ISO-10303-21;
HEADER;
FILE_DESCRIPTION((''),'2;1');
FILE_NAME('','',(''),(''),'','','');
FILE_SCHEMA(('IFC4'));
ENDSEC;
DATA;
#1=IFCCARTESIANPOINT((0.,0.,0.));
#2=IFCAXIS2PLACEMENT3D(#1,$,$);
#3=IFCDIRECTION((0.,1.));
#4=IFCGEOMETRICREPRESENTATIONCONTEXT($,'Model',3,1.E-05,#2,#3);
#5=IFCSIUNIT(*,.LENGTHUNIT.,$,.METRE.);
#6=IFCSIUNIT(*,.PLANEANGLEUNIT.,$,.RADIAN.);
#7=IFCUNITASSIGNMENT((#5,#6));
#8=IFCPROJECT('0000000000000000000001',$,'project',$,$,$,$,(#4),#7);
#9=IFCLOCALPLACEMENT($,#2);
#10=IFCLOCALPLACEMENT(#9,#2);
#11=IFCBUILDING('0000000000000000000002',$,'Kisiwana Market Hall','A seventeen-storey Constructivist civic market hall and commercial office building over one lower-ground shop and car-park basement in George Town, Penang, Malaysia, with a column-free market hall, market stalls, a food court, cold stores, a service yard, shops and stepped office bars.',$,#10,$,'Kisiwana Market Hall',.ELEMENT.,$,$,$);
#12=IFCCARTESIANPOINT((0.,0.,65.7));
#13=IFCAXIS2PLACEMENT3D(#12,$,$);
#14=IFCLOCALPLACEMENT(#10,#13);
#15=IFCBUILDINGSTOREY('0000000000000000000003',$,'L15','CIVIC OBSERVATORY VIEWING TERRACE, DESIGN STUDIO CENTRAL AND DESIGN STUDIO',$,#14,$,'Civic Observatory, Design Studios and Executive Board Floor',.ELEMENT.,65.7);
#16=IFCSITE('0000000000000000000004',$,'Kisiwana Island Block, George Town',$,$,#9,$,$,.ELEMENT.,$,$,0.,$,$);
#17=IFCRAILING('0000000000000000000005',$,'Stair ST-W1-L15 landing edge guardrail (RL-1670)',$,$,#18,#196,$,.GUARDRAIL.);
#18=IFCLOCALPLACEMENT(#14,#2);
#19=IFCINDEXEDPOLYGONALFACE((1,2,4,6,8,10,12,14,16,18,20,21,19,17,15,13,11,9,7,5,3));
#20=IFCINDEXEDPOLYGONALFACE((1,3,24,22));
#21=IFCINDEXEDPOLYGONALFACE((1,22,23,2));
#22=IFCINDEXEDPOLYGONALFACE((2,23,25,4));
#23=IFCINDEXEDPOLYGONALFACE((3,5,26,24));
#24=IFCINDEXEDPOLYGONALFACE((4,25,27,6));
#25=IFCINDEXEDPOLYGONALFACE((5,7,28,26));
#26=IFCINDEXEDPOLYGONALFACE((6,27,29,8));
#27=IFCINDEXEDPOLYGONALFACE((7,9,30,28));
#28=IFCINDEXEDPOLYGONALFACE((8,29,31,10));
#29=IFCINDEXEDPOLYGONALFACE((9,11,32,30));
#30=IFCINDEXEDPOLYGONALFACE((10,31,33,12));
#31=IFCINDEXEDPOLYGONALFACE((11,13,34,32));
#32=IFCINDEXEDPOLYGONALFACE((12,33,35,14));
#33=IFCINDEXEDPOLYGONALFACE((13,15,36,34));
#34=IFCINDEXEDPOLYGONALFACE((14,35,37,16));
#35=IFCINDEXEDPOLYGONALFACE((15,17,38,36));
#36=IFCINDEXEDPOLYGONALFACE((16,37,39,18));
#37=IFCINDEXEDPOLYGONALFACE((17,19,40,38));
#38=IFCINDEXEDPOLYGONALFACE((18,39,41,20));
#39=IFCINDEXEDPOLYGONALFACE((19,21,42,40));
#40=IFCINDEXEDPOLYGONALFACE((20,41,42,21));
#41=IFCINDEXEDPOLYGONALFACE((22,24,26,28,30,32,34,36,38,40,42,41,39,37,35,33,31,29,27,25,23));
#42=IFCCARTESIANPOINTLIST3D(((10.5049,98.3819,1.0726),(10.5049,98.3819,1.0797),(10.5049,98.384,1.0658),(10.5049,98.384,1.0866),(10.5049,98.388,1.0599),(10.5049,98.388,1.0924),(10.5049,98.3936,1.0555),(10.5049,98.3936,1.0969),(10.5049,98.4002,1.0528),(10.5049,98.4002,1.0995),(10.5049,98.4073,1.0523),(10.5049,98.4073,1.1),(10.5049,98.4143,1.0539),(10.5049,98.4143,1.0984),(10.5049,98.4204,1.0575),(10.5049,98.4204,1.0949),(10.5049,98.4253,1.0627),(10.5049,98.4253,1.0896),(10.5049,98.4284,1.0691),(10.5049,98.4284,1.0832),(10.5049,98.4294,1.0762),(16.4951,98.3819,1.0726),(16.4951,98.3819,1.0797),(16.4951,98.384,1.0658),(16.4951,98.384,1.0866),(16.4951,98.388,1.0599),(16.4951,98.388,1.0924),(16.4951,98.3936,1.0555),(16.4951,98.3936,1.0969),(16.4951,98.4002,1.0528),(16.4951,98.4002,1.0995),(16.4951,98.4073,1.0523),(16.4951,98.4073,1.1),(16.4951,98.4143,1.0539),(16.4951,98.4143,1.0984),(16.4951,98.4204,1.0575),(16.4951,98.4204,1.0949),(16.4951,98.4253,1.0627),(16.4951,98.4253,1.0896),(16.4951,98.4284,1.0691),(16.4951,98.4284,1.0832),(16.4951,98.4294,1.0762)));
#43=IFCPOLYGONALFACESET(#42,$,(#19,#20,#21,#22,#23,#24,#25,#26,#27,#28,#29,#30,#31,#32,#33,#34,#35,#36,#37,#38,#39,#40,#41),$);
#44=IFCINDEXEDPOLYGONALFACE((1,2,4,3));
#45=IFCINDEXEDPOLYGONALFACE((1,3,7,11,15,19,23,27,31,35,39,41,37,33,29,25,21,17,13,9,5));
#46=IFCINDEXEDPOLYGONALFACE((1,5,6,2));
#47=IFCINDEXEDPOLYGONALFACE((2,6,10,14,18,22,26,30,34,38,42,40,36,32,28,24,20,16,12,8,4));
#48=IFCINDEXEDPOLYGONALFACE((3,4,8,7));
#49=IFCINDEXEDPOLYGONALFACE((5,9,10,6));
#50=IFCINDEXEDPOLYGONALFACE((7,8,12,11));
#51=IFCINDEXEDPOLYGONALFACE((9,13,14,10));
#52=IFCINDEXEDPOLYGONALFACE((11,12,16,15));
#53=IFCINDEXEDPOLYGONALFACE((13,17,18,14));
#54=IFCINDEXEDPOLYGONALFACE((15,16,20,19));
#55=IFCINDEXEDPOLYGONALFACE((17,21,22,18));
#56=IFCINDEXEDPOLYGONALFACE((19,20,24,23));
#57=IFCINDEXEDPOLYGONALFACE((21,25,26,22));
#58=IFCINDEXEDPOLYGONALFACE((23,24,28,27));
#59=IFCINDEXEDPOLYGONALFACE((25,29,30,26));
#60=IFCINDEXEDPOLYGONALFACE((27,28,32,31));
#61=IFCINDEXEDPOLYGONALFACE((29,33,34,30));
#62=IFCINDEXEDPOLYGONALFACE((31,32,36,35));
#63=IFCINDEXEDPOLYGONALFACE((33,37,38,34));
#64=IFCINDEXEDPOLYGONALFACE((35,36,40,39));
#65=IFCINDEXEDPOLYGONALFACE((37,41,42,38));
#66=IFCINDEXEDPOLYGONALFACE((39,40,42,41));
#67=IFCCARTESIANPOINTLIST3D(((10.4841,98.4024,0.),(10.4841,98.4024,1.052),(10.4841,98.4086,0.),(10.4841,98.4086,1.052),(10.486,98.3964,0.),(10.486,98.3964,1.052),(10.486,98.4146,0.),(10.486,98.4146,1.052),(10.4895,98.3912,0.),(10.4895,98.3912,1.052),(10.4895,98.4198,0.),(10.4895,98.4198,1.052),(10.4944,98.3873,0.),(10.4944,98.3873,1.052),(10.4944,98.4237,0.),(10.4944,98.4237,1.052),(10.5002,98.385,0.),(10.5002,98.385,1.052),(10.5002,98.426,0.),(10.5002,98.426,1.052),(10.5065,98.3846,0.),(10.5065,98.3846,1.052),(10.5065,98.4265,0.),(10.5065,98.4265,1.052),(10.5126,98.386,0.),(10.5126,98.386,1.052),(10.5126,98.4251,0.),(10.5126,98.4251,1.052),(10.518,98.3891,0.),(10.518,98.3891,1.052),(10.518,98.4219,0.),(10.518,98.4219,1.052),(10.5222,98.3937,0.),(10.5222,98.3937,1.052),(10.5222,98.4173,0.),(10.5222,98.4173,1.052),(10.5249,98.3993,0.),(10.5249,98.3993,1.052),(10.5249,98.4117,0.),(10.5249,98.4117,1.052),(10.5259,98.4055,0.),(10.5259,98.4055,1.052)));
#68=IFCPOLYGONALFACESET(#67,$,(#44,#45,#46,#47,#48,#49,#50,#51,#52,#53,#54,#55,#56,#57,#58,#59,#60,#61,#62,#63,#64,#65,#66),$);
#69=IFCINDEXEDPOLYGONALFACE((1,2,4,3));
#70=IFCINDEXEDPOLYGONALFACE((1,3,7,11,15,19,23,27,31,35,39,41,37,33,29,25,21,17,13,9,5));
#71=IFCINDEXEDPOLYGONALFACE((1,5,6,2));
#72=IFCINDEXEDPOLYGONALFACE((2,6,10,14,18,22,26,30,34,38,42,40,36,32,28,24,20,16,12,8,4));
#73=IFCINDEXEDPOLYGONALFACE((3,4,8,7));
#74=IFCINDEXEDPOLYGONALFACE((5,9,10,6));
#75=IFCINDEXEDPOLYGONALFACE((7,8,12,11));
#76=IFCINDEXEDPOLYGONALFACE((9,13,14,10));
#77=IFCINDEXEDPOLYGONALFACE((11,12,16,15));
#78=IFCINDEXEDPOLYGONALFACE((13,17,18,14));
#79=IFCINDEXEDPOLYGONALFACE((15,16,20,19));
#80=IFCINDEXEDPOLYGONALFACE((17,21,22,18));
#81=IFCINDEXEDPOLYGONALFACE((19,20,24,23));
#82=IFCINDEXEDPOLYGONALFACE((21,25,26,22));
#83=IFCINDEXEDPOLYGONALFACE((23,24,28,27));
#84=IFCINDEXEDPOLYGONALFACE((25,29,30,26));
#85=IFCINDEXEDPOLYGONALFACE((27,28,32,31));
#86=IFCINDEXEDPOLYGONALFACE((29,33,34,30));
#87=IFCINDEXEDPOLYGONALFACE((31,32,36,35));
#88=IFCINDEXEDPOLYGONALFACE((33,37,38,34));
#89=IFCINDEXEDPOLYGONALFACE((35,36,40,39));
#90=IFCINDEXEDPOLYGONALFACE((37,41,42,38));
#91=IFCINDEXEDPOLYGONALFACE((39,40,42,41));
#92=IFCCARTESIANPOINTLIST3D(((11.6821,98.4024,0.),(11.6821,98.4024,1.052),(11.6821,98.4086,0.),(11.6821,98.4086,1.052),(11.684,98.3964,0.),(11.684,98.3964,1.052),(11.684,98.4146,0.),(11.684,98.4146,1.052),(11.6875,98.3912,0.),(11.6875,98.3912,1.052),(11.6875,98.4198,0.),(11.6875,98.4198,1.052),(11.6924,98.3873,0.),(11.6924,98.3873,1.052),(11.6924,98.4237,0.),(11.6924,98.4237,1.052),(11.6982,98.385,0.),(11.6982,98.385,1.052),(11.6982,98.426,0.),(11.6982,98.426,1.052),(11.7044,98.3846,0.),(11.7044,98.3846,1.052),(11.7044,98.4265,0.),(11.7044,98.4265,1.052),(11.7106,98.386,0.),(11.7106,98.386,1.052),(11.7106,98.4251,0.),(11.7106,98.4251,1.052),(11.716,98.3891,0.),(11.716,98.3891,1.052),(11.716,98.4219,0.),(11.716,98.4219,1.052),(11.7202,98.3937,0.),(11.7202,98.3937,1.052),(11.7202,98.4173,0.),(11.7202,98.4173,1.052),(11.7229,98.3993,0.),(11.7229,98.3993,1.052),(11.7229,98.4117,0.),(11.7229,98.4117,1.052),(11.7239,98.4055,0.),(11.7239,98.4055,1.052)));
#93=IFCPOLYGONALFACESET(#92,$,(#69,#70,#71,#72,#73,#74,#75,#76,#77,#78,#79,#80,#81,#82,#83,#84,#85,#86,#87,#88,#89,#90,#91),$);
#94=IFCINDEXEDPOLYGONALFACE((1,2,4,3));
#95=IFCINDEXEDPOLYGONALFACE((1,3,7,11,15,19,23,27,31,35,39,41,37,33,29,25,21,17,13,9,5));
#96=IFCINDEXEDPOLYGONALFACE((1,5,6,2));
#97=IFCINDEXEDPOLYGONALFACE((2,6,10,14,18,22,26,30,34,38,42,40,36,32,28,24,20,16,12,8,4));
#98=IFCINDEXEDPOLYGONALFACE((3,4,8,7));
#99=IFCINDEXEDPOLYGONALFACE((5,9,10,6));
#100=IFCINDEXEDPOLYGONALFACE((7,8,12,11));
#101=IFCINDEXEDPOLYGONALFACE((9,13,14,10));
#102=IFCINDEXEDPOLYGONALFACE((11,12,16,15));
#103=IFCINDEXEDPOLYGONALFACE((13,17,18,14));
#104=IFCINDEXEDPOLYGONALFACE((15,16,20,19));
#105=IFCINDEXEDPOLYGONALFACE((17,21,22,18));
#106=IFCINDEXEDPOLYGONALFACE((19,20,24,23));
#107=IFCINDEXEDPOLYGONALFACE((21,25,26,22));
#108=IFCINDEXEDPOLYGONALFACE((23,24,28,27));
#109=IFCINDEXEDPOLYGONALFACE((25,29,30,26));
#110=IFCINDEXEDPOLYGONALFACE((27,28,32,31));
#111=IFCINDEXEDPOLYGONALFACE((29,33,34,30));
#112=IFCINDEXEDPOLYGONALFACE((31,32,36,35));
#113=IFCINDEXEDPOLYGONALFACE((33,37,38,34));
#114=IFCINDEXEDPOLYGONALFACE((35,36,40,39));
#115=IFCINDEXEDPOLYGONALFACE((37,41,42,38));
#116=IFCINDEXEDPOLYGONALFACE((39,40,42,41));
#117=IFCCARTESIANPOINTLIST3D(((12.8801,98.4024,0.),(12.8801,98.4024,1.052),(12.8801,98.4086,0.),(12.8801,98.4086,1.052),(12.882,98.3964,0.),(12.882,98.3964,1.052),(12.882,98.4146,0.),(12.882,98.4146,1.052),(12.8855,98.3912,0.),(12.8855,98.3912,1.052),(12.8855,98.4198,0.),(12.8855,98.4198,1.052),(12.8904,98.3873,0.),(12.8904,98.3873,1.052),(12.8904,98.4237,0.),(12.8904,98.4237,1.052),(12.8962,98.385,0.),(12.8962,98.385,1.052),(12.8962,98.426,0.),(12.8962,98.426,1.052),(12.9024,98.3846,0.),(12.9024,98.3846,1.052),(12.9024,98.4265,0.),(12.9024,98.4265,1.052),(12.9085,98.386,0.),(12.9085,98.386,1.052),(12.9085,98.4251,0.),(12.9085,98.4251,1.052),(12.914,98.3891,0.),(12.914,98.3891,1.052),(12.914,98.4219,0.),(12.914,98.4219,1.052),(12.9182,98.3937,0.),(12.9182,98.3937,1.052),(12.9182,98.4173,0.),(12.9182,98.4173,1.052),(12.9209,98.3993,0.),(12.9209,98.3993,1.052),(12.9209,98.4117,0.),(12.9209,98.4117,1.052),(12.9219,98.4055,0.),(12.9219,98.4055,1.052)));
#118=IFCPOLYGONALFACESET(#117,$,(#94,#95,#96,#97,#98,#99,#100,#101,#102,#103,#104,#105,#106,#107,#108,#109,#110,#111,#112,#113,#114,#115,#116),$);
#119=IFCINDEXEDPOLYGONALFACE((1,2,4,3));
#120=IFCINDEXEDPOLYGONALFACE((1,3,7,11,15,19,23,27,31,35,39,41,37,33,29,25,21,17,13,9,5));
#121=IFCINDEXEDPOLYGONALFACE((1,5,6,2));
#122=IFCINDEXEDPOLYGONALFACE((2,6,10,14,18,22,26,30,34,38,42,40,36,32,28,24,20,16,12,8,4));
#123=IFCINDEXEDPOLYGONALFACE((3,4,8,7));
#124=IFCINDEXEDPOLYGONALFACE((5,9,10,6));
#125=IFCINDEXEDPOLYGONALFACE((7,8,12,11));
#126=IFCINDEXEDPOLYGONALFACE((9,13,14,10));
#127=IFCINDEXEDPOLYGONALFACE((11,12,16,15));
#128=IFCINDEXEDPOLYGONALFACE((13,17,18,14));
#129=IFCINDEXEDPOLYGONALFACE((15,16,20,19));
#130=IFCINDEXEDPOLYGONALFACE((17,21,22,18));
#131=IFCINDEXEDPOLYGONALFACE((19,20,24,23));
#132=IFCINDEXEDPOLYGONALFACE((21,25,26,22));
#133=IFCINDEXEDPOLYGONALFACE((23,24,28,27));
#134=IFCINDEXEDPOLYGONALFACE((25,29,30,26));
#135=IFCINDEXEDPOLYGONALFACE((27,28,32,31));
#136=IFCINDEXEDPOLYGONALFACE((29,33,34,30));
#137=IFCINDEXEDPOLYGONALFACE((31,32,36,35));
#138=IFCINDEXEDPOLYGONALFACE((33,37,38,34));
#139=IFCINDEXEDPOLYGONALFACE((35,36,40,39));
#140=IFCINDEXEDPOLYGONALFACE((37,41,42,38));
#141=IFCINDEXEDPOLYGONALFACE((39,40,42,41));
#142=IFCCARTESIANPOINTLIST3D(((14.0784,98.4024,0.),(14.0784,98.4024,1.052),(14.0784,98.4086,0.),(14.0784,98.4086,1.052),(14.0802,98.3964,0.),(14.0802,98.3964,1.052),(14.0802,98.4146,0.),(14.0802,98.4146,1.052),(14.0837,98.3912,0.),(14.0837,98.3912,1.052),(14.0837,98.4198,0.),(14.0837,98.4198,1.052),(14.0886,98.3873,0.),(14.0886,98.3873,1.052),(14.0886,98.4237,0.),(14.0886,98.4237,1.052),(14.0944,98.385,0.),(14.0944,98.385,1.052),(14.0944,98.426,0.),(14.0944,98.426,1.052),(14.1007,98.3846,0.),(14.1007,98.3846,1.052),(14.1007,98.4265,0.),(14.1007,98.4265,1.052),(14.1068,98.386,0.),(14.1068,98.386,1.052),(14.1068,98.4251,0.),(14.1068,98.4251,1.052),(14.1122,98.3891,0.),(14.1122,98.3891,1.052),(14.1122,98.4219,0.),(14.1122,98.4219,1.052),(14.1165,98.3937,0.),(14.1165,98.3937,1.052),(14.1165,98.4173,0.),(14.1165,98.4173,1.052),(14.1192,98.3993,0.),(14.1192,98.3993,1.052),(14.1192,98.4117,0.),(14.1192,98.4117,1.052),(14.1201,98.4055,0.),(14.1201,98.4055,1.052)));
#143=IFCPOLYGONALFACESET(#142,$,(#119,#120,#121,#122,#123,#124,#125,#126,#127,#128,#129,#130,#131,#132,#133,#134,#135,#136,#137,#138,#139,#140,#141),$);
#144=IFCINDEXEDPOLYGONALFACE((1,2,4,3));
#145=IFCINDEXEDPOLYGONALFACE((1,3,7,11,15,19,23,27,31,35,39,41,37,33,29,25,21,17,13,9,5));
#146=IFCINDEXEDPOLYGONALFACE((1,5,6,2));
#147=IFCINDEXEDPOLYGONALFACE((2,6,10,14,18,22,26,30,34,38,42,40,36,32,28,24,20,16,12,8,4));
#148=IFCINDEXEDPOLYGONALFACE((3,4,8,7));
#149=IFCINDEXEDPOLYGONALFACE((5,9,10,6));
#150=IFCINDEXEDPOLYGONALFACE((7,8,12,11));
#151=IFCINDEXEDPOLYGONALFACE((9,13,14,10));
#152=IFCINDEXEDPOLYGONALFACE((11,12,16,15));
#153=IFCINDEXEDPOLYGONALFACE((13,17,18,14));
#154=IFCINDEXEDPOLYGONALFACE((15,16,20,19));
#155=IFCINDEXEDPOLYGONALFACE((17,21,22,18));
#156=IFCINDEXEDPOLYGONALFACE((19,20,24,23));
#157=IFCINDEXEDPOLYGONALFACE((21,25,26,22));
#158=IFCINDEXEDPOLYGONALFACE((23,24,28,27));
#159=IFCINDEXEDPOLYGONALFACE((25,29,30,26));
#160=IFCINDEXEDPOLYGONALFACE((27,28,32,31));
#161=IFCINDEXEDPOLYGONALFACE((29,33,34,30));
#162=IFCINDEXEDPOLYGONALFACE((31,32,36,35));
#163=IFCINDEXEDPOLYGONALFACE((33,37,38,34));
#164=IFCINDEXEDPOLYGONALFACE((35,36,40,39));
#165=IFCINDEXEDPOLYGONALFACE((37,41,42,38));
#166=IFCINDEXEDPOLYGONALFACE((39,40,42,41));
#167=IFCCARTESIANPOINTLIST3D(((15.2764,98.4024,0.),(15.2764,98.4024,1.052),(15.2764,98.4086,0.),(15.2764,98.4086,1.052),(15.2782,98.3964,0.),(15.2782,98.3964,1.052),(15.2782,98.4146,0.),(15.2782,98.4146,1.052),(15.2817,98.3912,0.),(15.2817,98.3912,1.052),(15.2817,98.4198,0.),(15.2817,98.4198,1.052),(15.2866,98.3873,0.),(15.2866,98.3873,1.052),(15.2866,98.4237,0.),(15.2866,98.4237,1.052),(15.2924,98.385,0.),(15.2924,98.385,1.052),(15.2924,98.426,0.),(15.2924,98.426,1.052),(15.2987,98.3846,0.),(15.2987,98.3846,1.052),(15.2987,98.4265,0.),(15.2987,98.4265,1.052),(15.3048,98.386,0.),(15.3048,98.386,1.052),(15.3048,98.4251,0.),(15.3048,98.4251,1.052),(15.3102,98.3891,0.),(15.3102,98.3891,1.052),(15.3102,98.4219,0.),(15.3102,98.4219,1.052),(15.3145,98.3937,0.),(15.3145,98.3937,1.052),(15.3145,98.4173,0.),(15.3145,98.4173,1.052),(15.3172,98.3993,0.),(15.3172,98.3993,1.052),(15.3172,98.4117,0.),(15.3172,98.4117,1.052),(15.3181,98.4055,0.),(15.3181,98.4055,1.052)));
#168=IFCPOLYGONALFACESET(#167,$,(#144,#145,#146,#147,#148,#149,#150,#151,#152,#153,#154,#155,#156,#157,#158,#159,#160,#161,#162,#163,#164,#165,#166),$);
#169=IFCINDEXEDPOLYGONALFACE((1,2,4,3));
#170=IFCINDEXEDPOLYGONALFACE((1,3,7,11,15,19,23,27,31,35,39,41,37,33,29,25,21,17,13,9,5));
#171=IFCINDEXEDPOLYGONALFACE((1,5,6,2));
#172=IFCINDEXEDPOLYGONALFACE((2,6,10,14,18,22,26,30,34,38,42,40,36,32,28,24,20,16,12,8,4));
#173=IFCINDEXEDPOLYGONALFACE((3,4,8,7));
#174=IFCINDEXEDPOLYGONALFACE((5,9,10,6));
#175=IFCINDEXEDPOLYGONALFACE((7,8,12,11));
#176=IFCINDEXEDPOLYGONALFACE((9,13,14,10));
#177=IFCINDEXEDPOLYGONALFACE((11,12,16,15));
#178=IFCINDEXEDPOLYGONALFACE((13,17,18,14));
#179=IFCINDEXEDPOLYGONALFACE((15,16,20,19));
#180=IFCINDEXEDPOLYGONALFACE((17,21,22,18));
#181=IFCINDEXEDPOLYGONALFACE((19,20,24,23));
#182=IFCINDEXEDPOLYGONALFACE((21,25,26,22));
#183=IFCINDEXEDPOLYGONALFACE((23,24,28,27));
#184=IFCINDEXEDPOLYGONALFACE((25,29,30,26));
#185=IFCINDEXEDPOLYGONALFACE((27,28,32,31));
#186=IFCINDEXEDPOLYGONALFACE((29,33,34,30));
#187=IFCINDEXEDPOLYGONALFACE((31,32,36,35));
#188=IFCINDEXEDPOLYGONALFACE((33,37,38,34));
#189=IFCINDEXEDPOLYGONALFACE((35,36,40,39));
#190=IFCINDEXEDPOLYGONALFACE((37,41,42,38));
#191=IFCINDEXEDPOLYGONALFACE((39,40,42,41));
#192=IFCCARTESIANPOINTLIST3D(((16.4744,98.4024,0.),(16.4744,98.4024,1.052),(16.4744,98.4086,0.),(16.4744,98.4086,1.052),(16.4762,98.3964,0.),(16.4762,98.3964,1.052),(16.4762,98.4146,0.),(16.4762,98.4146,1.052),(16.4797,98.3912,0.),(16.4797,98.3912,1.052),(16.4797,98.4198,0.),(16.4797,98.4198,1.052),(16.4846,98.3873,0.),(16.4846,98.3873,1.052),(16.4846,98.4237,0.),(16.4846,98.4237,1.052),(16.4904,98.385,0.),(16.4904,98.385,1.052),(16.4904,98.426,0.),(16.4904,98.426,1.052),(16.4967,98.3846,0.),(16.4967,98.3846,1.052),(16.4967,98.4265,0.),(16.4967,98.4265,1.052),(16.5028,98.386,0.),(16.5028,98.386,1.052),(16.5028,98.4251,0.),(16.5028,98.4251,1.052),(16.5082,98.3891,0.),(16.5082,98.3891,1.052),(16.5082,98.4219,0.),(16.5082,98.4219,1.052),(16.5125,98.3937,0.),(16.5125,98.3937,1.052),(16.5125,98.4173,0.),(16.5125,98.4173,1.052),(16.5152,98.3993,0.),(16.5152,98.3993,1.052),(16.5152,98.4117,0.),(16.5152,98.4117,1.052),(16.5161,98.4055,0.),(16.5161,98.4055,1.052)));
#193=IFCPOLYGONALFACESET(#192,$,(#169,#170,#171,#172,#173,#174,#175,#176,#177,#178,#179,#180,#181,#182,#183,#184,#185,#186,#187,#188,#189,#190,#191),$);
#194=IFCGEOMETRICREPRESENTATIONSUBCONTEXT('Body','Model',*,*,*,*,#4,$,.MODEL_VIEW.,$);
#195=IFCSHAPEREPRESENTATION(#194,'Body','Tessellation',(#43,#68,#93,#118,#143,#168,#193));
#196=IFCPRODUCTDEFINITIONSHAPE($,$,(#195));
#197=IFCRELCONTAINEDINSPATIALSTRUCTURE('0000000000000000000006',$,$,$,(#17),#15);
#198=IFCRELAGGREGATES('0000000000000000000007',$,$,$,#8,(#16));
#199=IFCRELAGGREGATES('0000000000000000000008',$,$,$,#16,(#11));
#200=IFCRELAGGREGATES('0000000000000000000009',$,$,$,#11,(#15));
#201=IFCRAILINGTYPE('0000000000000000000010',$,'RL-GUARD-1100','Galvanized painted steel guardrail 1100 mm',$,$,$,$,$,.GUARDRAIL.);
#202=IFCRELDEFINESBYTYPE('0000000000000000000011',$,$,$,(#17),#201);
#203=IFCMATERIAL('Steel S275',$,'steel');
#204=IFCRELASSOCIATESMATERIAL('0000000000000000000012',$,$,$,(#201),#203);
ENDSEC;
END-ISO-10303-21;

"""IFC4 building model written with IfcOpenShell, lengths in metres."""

from ifc_helpers import new_model, si_unit, direction, frame, origin, origin_2d, place, context, subcontext, project, spatial, circle, extrude, material, type_object, element, save


model = new_model("IFC4")

# Units and contexts
model_context = context("Model", 3, precision=1e-05, world=origin(), true_north=direction((0.0, 1.0)))
body_context = subcontext(model_context, "Body", "Model", "MODEL_VIEW")
ifc_project = project(units=[si_unit("LENGTHUNIT", "METRE"), si_unit("PLANEANGLEUNIT", "RADIAN")], contexts=[model_context])

# Site, building, storey
site_placement = place(None, origin())
site = spatial("IfcSite", under=ifc_project, at=site_placement, Name="Kisiwana Island Block, George Town", CompositionType="ELEMENT", RefElevation=0.0)
building_placement = place(site_placement, origin())
building = spatial("IfcBuilding", under=site, at=building_placement, Name="Kisiwana Market Hall", Description="A seventeen-storey Constructivist civic market hall and commercial office building over one lower-ground shop and car-park basement in George Town, Penang, Malaysia, with a column-free market hall, market stalls, a food court, cold stores, a service yard, shops and stepped office bars.", LongName="Kisiwana Market Hall", CompositionType="ELEMENT")
storey_placement = place(building_placement, frame((0.0, 0.0, 65.7)))
storey = spatial("IfcBuildingStorey", under=building, at=storey_placement, Name="L15", Description="CIVIC OBSERVATORY VIEWING TERRACE, DESIGN STUDIO CENTRAL AND DESIGN STUDIO", LongName="Civic Observatory, Design Studios and Executive Board Floor", CompositionType="ELEMENT", Elevation=65.7)

# Railing
ifc_material_1 = material(Name="Steel S275", Category="steel")
railing_type_1 = type_object("IfcRailingType", Name="RL-GUARD-1100", Description="Galvanized painted steel guardrail 1100 mm", PredefinedType="GUARDRAIL", material=ifc_material_1)
railing_1_placement = place(storey_placement, frame((10.5049, 98.4055, 0.0)))
element("IfcRailing", 1, at=railing_1_placement, inside=storey, type_object=railing_type_1, Name="Stair ST-W1-L15 landing edge guardrail (RL-1670)", PredefinedType="GUARDRAIL", context=body_context, shape_type="SweptSolid", body=[
    extrude(circle(Radius=0.0239, at=origin_2d()), frame((0.0, 0.0, 1.0762), z_axis=(1.0, 0.0, 0.0), x_axis=(0.0, 1.0, 0.0)), (0.0, 0.0, 1.0), 5.9902),
    extrude(circle(Radius=0.021, at=origin_2d()), origin(), (0.0, 0.0, 1.0), 1.052),
    extrude(circle(Radius=0.021, at=origin_2d()), frame((1.198, 0.0, 0.0)), (0.0, 0.0, 1.0), 1.052),
    extrude(circle(Radius=0.021, at=origin_2d()), frame((2.396, 0.0, 0.0)), (0.0, 0.0, 1.0), 1.052),
    extrude(circle(Radius=0.021, at=origin_2d()), frame((3.5942, 0.0, 0.0)), (0.0, 0.0, 1.0), 1.052),
    extrude(circle(Radius=0.021, at=origin_2d()), frame((4.7922, 0.0, 0.0)), (0.0, 0.0, 1.0), 1.052),
    extrude(circle(Radius=0.021, at=origin_2d()), frame((5.9902, 0.0, 0.0)), (0.0, 0.0, 1.0), 1.052),
])

save(model, "model.ifc")
